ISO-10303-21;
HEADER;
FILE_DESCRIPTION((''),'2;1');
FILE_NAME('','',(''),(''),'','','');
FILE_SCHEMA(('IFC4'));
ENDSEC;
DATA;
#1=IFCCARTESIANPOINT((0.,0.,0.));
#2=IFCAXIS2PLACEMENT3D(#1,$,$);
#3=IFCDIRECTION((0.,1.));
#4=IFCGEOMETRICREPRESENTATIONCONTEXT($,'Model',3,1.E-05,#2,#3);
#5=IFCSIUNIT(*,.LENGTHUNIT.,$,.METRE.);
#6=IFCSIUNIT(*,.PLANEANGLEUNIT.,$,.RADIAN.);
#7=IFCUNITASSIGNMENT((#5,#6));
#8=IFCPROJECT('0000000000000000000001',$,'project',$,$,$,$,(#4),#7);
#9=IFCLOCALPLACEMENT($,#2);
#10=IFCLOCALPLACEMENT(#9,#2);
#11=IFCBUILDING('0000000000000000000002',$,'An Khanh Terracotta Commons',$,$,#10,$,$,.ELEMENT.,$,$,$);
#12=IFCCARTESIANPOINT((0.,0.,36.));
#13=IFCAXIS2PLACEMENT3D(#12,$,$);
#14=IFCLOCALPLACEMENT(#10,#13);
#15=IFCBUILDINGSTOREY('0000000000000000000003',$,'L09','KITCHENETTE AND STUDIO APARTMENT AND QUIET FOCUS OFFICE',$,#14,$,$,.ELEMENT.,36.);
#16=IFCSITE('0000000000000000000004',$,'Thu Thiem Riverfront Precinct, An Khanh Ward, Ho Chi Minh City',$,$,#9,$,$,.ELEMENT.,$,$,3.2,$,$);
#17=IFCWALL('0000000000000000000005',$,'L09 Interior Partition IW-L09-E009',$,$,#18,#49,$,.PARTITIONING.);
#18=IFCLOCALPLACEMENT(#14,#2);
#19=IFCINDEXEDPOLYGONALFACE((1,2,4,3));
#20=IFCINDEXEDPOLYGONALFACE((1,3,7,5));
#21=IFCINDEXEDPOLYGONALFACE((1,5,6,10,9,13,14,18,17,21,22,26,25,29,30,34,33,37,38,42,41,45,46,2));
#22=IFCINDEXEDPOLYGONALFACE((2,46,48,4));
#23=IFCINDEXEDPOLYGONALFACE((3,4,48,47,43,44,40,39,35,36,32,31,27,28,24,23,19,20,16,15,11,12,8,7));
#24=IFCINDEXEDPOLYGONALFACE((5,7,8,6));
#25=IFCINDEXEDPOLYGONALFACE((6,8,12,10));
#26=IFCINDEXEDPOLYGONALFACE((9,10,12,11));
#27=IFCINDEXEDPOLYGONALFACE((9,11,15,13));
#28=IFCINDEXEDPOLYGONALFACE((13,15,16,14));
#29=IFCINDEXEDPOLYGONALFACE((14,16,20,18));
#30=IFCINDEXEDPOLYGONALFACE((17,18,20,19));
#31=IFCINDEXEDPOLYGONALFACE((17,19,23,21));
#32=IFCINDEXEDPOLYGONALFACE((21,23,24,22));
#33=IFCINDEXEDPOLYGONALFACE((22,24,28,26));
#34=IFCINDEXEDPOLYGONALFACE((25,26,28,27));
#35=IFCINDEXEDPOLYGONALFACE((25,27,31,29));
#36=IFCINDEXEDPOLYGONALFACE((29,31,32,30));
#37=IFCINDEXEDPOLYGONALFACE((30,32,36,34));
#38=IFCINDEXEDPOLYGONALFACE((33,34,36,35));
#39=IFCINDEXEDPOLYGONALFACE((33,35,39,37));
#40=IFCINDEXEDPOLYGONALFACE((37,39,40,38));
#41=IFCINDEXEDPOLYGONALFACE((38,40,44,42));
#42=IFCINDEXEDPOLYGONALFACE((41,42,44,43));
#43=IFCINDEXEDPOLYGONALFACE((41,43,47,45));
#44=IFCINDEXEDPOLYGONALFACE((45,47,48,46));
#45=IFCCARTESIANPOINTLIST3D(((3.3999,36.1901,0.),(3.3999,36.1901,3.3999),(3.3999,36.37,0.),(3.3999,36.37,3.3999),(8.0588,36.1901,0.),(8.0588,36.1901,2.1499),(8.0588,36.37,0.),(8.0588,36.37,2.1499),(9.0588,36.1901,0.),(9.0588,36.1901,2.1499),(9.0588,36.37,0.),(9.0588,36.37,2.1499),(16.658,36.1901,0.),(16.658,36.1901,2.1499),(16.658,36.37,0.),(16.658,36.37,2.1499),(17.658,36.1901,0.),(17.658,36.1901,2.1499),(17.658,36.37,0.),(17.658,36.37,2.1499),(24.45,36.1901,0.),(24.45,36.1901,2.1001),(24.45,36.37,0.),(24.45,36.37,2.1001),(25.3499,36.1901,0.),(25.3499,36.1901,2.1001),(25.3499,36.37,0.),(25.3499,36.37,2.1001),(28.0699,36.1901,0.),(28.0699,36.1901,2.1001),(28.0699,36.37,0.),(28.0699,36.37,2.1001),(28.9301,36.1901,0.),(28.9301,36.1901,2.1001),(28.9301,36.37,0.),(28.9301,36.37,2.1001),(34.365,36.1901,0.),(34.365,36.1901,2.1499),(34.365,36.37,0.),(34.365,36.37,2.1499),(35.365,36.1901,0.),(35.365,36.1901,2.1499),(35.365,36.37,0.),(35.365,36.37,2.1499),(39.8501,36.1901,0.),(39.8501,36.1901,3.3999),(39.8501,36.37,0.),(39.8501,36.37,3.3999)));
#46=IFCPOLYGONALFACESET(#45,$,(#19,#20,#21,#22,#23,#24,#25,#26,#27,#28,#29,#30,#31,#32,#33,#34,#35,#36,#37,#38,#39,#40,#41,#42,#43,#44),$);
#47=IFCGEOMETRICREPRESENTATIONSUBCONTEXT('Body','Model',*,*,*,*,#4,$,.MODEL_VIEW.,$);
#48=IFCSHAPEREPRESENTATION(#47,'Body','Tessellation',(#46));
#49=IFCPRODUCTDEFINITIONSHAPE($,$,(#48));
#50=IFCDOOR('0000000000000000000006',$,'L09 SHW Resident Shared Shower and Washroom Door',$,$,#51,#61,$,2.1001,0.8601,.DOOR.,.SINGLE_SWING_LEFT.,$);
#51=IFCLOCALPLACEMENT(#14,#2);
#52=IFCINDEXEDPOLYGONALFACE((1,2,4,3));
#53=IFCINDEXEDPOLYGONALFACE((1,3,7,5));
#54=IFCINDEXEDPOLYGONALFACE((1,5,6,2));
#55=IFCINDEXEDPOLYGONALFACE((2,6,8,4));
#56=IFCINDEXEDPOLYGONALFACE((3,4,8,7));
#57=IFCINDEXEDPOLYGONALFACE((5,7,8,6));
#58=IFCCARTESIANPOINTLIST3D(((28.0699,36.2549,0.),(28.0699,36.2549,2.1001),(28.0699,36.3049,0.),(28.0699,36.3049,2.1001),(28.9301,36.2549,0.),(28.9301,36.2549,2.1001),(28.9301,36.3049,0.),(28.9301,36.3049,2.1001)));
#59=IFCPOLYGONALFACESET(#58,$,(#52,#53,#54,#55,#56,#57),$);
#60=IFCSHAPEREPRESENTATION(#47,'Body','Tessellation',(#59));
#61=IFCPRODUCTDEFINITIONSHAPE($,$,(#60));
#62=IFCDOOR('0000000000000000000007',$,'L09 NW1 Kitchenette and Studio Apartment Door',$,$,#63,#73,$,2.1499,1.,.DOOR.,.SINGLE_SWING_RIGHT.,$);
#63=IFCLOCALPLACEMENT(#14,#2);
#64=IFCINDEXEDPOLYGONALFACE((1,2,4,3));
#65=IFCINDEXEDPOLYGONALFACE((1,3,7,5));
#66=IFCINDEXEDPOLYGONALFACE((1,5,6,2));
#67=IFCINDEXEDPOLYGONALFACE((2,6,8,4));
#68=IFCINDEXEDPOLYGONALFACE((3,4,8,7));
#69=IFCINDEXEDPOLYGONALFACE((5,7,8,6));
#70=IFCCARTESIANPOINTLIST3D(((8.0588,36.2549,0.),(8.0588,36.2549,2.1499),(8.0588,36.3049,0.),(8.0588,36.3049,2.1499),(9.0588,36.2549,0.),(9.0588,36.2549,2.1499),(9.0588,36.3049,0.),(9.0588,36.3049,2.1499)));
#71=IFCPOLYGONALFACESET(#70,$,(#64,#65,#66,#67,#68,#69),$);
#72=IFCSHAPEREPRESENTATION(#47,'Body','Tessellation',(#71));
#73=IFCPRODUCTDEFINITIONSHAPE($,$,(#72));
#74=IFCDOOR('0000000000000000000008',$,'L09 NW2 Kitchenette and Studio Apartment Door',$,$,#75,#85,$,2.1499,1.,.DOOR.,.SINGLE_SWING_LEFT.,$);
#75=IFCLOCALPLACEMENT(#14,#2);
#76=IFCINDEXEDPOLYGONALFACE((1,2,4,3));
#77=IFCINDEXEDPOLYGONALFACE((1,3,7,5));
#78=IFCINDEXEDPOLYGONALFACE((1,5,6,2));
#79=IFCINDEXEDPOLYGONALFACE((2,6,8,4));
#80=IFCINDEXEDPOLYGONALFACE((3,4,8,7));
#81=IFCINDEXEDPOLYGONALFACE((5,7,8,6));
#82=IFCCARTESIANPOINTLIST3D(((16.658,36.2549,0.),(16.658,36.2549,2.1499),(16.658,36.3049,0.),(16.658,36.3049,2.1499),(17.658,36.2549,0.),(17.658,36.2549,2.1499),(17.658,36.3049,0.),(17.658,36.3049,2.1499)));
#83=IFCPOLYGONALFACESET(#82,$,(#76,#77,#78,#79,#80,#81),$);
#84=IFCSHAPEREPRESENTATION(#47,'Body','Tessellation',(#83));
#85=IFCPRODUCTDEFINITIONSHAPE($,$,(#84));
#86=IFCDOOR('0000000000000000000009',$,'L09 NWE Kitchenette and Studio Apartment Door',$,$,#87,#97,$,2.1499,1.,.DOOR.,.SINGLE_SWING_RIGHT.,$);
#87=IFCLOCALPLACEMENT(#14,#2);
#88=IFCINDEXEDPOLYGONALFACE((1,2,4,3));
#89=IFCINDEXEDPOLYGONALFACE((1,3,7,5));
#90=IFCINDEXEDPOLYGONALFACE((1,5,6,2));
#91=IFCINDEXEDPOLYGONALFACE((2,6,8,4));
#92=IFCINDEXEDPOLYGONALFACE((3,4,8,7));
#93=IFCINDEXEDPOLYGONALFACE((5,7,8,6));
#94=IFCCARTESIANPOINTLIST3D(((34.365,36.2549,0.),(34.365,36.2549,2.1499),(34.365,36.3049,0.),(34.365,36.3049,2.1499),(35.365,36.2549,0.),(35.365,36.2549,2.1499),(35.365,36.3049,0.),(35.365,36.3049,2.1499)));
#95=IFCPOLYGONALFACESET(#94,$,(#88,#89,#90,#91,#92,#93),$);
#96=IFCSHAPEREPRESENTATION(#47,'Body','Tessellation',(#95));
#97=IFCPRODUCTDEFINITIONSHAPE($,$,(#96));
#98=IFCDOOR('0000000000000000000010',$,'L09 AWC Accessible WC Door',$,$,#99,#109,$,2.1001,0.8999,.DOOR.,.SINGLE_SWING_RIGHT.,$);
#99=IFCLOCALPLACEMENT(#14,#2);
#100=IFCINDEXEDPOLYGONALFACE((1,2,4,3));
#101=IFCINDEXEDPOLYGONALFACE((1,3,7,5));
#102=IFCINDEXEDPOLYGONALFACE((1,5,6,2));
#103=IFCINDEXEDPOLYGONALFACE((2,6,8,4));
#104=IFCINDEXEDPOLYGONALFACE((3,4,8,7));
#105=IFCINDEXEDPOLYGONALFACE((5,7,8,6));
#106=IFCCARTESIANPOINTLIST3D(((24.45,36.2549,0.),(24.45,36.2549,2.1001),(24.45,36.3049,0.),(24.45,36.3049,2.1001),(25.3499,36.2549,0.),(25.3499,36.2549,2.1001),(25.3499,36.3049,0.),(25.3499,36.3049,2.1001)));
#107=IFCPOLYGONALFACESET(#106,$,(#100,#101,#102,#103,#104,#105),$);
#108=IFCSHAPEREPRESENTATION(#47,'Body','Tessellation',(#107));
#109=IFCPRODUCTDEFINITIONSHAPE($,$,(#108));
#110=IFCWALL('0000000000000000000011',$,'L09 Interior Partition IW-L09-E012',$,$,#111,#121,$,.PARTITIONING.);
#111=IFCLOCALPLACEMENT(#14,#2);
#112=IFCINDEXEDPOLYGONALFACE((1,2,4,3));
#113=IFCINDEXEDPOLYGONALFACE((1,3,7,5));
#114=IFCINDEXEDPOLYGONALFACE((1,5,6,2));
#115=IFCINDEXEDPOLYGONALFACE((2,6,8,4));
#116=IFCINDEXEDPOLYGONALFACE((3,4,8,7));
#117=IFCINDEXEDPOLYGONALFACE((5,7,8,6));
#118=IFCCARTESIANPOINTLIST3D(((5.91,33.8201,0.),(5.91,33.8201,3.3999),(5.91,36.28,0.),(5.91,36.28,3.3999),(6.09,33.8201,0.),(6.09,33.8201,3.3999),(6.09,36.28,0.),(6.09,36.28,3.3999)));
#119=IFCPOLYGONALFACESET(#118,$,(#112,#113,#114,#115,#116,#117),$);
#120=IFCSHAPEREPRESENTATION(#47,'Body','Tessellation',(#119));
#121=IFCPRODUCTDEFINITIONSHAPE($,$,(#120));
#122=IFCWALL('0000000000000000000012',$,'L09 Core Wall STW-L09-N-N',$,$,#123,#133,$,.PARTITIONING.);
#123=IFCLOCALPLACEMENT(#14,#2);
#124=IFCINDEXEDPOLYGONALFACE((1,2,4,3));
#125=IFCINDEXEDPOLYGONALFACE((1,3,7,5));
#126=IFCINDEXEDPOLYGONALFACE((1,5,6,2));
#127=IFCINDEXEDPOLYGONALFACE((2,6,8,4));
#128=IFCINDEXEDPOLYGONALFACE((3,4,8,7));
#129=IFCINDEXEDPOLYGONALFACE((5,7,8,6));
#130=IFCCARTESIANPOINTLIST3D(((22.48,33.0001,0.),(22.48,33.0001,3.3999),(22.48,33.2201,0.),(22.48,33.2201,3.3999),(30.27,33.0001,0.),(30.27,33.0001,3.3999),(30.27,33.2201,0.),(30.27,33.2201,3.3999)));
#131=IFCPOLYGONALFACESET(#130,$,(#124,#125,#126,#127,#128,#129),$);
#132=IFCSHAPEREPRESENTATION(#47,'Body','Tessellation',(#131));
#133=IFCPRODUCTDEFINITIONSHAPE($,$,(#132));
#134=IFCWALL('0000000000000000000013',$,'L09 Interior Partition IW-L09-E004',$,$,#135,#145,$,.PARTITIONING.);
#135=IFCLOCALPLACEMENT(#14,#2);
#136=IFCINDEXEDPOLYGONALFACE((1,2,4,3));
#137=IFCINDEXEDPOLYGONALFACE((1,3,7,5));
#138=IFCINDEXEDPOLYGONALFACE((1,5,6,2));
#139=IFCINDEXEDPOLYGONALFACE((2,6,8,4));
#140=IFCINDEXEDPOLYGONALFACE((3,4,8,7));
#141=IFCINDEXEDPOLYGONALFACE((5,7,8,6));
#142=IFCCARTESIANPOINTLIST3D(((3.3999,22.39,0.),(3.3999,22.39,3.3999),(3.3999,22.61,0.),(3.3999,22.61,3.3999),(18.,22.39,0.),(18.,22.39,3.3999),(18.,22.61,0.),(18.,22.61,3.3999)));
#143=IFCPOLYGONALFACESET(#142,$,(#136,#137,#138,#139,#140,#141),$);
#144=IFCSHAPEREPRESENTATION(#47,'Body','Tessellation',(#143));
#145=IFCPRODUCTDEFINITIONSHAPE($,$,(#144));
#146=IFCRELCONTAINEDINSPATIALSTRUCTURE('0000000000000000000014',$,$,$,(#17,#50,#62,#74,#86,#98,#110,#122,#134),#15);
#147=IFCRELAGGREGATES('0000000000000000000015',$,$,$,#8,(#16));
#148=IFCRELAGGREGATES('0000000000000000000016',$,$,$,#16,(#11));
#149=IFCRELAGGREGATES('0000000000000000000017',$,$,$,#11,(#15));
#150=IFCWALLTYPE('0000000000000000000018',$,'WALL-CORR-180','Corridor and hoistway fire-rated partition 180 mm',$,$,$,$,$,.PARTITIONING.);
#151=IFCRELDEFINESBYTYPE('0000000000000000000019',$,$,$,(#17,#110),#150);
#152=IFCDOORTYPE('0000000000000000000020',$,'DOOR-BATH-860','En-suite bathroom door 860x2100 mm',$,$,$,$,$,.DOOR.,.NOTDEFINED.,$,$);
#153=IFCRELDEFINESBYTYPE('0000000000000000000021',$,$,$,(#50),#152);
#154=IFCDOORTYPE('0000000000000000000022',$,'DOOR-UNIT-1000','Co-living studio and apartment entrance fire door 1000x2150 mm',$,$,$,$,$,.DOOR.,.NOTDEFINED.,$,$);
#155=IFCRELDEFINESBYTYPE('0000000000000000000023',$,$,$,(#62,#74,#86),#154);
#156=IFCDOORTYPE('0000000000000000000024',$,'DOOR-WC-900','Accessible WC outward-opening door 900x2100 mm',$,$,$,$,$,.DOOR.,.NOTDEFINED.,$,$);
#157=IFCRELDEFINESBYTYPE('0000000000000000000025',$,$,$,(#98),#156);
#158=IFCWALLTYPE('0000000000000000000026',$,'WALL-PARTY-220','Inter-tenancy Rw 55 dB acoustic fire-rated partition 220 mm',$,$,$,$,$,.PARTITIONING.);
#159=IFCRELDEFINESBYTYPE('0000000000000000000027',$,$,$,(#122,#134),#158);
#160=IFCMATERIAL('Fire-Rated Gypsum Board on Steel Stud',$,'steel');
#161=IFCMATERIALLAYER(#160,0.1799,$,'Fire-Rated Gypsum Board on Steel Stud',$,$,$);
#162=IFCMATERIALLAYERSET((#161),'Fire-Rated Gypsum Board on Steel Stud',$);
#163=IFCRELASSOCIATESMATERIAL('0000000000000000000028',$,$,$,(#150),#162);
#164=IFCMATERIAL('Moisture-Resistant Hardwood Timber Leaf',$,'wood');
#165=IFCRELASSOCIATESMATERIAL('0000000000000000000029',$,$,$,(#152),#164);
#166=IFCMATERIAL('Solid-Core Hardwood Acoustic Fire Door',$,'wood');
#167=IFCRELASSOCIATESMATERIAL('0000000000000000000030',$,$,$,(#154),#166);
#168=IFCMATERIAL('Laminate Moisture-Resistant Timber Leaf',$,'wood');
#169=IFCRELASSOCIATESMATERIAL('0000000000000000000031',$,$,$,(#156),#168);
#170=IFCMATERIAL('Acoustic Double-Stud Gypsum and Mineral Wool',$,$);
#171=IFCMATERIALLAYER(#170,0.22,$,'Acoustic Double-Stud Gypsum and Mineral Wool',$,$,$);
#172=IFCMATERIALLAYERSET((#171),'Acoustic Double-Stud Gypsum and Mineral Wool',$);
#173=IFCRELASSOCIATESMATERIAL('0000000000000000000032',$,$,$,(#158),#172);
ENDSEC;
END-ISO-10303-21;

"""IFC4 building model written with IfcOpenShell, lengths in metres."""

from ifc_helpers import new_model, si_unit, direction, frame, frame_2d, origin, place, context, subcontext, project, spatial, rectangle, extrude, material, layer, layer_set, type_object, element, fill, save


model = new_model("IFC4")

# Units and contexts
model_context = context("Model", 3, precision=1e-05, world=origin(), true_north=direction((0.0, 1.0)))
body_context = subcontext(model_context, "Body", "Model", "MODEL_VIEW")
ifc_project = project(units=[si_unit("LENGTHUNIT", "METRE"), si_unit("PLANEANGLEUNIT", "RADIAN")], contexts=[model_context])

# Site, building, storey
site_placement = place(None, origin())
site = spatial("IfcSite", under=ifc_project, at=site_placement, Name="Thu Thiem Riverfront Precinct, An Khanh Ward, Ho Chi Minh City", CompositionType="ELEMENT", RefElevation=3.2)
building_placement = place(site_placement, origin())
building = spatial("IfcBuilding", under=site, at=building_placement, Name="An Khanh Terracotta Commons", CompositionType="ELEMENT")
storey_placement = place(building_placement, frame((0.0, 0.0, 36.0)))
storey = spatial("IfcBuildingStorey", under=building, at=storey_placement, Name="L09", Description="KITCHENETTE AND STUDIO APARTMENT AND QUIET FOCUS OFFICE", CompositionType="ELEMENT", Elevation=36.0)

# Shared definitions
ifc_material_1 = material(Name="Fire-Rated Gypsum Board on Steel Stud", Category="steel")
ifc_layer_1 = layer(ifc_material_1, 0.1799, Name="Fire-Rated Gypsum Board on Steel Stud")
ifc_layer_set_1 = layer_set([ifc_layer_1], Name="Fire-Rated Gypsum Board on Steel Stud")
wall_type_1 = type_object("IfcWallType", Name="WALL-CORR-180", Description="Corridor and hoistway fire-rated partition 180 mm", PredefinedType="PARTITIONING", material=ifc_layer_set_1)

# Wall, openings, doors
wall_1_placement = place(storey_placement, frame((3.3999, 36.28, 0.0), z_axis=(0.0, 0.0, 1.0), x_axis=(1.0, 0.0, 0.0)))
wall_1 = element("IfcWall", 1, at=wall_1_placement, inside=storey, type_object=wall_type_1, Name="L09 Interior Partition IW-L09-E009", PredefinedType="PARTITIONING", context=body_context, shape_type="SweptSolid", body=[
    extrude(rectangle(XDim=36.4502, YDim=0.1799, at=frame_2d((18.2251, 0.0))), origin(), (0.0, 0.0, 1.0), 3.3999),
])
opening_1_placement = place(wall_1_placement, frame((21.05, 0.0, 0.0)))
opening_1 = element("IfcOpeningElement", 2, at=opening_1_placement, cuts=wall_1, PredefinedType="OPENING", context=body_context, shape_type="SweptSolid", body=[
    extrude(rectangle(XDim=0.8999, YDim=2.1001, at=frame_2d((0.45, 1.05))), frame((0.0, 0.0999, 0.0), z_axis=(0.0, -1.0, 0.0), x_axis=(1.0, 0.0, 0.0)), (0.0, 0.0, 1.0), 0.2),
])
opening_2_placement = place(wall_1_placement, frame((24.6699, 0.0, 0.0)))
opening_2 = element("IfcOpeningElement", 3, at=opening_2_placement, cuts=wall_1, PredefinedType="OPENING", context=body_context, shape_type="SweptSolid", body=[
    extrude(rectangle(XDim=0.8601, YDim=2.1001, at=frame_2d((0.4302, 1.05))), frame((0.0, 0.0999, 0.0), z_axis=(0.0, -1.0, 0.0), x_axis=(1.0, 0.0, 0.0)), (0.0, 0.0, 1.0), 0.2),
])
opening_3_placement = place(wall_1_placement, frame((4.6589, 0.0, 0.0)))
opening_3 = element("IfcOpeningElement", 4, at=opening_3_placement, cuts=wall_1, PredefinedType="OPENING", context=body_context, shape_type="SweptSolid", body=[
    extrude(rectangle(XDim=1.0, YDim=2.1499, at=frame_2d((0.5, 1.075))), frame((0.0, 0.0999, 0.0), z_axis=(0.0, -1.0, 0.0), x_axis=(1.0, 0.0, 0.0)), (0.0, 0.0, 1.0), 0.2),
])
opening_4_placement = place(wall_1_placement, frame((13.2581, 0.0, 0.0)))
opening_4 = element("IfcOpeningElement", 5, at=opening_4_placement, cuts=wall_1, PredefinedType="OPENING", context=body_context, shape_type="SweptSolid", body=[
    extrude(rectangle(XDim=1.0, YDim=2.1499, at=frame_2d((0.5, 1.075))), frame((0.0, 0.0999, 0.0), z_axis=(0.0, -1.0, 0.0), x_axis=(1.0, 0.0, 0.0)), (0.0, 0.0, 1.0), 0.2),
])
opening_5_placement = place(wall_1_placement, frame((30.9651, 0.0, 0.0)))
opening_5 = element("IfcOpeningElement", 6, at=opening_5_placement, cuts=wall_1, PredefinedType="OPENING", context=body_context, shape_type="SweptSolid", body=[
    extrude(rectangle(XDim=1.0, YDim=2.1499, at=frame_2d((0.5, 1.075))), frame((0.0, 0.0999, 0.0), z_axis=(0.0, -1.0, 0.0), x_axis=(1.0, 0.0, 0.0)), (0.0, 0.0, 1.0), 0.2),
])
ifc_material_2 = material(Name="Moisture-Resistant Hardwood Timber Leaf", Category="wood")
door_type_1 = type_object("IfcDoorType", Name="DOOR-BATH-860", Description="En-suite bathroom door 860x2100 mm", OperationType="NOTDEFINED", PredefinedType="DOOR", material=ifc_material_2)
door_1_placement = place(opening_2_placement, origin())
door_1 = element("IfcDoor", 7, at=door_1_placement, inside=storey, type_object=door_type_1, Name="L09 SHW Resident Shared Shower and Washroom Door", OperationType="SINGLE_SWING_LEFT", OverallHeight=2.1001, OverallWidth=0.8601, PredefinedType="DOOR", context=body_context, shape_type="SweptSolid", body=[
    extrude(rectangle(XDim=0.8601, YDim=2.1001, at=frame_2d((0.4302, 1.05))), frame((0.0, 0.0249, 0.0), z_axis=(0.0, -1.0, 0.0), x_axis=(1.0, 0.0, 0.0)), (0.0, 0.0, 1.0), 0.05),
])
fill(opening_2, door_1)
ifc_material_3 = material(Name="Solid-Core Hardwood Acoustic Fire Door", Category="wood")
door_type_2 = type_object("IfcDoorType", Name="DOOR-UNIT-1000", Description="Co-living studio and apartment entrance fire door 1000x2150 mm", OperationType="NOTDEFINED", PredefinedType="DOOR", material=ifc_material_3)
door_2_placement = place(opening_3_placement, origin())
door_2 = element("IfcDoor", 8, at=door_2_placement, inside=storey, type_object=door_type_2, Name="L09 NW1 Kitchenette and Studio Apartment Door", OperationType="SINGLE_SWING_RIGHT", OverallHeight=2.1499, OverallWidth=1.0, PredefinedType="DOOR", context=body_context, shape_type="SweptSolid", body=[
    extrude(rectangle(XDim=1.0, YDim=2.1499, at=frame_2d((0.5, 1.075))), frame((0.0, 0.0249, 0.0), z_axis=(0.0, -1.0, 0.0), x_axis=(1.0, 0.0, 0.0)), (0.0, 0.0, 1.0), 0.05),
])
fill(opening_3, door_2)
door_3_placement = place(opening_4_placement, origin())
door_3 = element("IfcDoor", 9, at=door_3_placement, inside=storey, type_object=door_type_2, Name="L09 NW2 Kitchenette and Studio Apartment Door", OperationType="SINGLE_SWING_LEFT", OverallHeight=2.1499, OverallWidth=1.0, PredefinedType="DOOR", context=body_context, shape_type="SweptSolid", body=[
    extrude(rectangle(XDim=1.0, YDim=2.1499, at=frame_2d((0.5, 1.075))), frame((0.0, 0.0249, 0.0), z_axis=(0.0, -1.0, 0.0), x_axis=(1.0, 0.0, 0.0)), (0.0, 0.0, 1.0), 0.05),
])
fill(opening_4, door_3)
door_4_placement = place(opening_5_placement, origin())
door_4 = element("IfcDoor", 10, at=door_4_placement, inside=storey, type_object=door_type_2, Name="L09 NWE Kitchenette and Studio Apartment Door", OperationType="SINGLE_SWING_RIGHT", OverallHeight=2.1499, OverallWidth=1.0, PredefinedType="DOOR", context=body_context, shape_type="SweptSolid", body=[
    extrude(rectangle(XDim=1.0, YDim=2.1499, at=frame_2d((0.5, 1.075))), frame((0.0, 0.0249, 0.0), z_axis=(0.0, -1.0, 0.0), x_axis=(1.0, 0.0, 0.0)), (0.0, 0.0, 1.0), 0.05),
])
fill(opening_5, door_4)
ifc_material_4 = material(Name="Laminate Moisture-Resistant Timber Leaf", Category="wood")
door_type_3 = type_object("IfcDoorType", Name="DOOR-WC-900", Description="Accessible WC outward-opening door 900x2100 mm", OperationType="NOTDEFINED", PredefinedType="DOOR", material=ifc_material_4)
door_5_placement = place(opening_1_placement, origin())
door_5 = element("IfcDoor", 11, at=door_5_placement, inside=storey, type_object=door_type_3, Name="L09 AWC Accessible WC Door", OperationType="SINGLE_SWING_RIGHT", OverallHeight=2.1001, OverallWidth=0.8999, PredefinedType="DOOR", context=body_context, shape_type="SweptSolid", body=[
    extrude(rectangle(XDim=0.8999, YDim=2.1001, at=frame_2d((0.45, 1.05))), frame((0.0, 0.0249, 0.0), z_axis=(0.0, -1.0, 0.0), x_axis=(1.0, 0.0, 0.0)), (0.0, 0.0, 1.0), 0.05),
])
fill(opening_1, door_5)

# Walls
wall_2_placement = place(storey_placement, frame((6.0, 33.8201, 0.0), z_axis=(0.0, 0.0, 1.0), x_axis=(0.0, 1.0, 0.0)))
element("IfcWall", 12, at=wall_2_placement, inside=storey, type_object=wall_type_1, Name="L09 Interior Partition IW-L09-E012", PredefinedType="PARTITIONING", context=body_context, shape_type="SweptSolid", body=[
    extrude(rectangle(XDim=2.46, YDim=0.1799, at=frame_2d((1.23, 0.0))), origin(), (0.0, 0.0, 1.0), 3.3999),
])
ifc_material_5 = material(Name="Acoustic Double-Stud Gypsum and Mineral Wool")
ifc_layer_2 = layer(ifc_material_5, 0.22, Name="Acoustic Double-Stud Gypsum and Mineral Wool")
ifc_layer_set_2 = layer_set([ifc_layer_2], Name="Acoustic Double-Stud Gypsum and Mineral Wool")
wall_type_2 = type_object("IfcWallType", Name="WALL-PARTY-220", Description="Inter-tenancy Rw 55 dB acoustic fire-rated partition 220 mm", PredefinedType="PARTITIONING", material=ifc_layer_set_2)
wall_3_placement = place(storey_placement, frame((22.48, 33.1101, 0.0), z_axis=(0.0, 0.0, 1.0), x_axis=(1.0, 0.0, 0.0)))
element("IfcWall", 13, at=wall_3_placement, inside=storey, type_object=wall_type_2, Name="L09 Core Wall STW-L09-N-N", PredefinedType="PARTITIONING", context=body_context, shape_type="SweptSolid", body=[
    extrude(rectangle(XDim=7.79, YDim=0.22, at=frame_2d((3.895, 0.0))), origin(), (0.0, 0.0, 1.0), 3.3999),
])
wall_4_placement = place(storey_placement, frame((3.3999, 22.5, 0.0), z_axis=(0.0, 0.0, 1.0), x_axis=(1.0, 0.0, 0.0)))
element("IfcWall", 14, at=wall_4_placement, inside=storey, type_object=wall_type_2, Name="L09 Interior Partition IW-L09-E004", PredefinedType="PARTITIONING", context=body_context, shape_type="SweptSolid", body=[
    extrude(rectangle(XDim=14.6001, YDim=0.22, at=frame_2d((7.3, 0.0))), origin(), (0.0, 0.0, 1.0), 3.3999),
])

save(model, "model.ifc")
